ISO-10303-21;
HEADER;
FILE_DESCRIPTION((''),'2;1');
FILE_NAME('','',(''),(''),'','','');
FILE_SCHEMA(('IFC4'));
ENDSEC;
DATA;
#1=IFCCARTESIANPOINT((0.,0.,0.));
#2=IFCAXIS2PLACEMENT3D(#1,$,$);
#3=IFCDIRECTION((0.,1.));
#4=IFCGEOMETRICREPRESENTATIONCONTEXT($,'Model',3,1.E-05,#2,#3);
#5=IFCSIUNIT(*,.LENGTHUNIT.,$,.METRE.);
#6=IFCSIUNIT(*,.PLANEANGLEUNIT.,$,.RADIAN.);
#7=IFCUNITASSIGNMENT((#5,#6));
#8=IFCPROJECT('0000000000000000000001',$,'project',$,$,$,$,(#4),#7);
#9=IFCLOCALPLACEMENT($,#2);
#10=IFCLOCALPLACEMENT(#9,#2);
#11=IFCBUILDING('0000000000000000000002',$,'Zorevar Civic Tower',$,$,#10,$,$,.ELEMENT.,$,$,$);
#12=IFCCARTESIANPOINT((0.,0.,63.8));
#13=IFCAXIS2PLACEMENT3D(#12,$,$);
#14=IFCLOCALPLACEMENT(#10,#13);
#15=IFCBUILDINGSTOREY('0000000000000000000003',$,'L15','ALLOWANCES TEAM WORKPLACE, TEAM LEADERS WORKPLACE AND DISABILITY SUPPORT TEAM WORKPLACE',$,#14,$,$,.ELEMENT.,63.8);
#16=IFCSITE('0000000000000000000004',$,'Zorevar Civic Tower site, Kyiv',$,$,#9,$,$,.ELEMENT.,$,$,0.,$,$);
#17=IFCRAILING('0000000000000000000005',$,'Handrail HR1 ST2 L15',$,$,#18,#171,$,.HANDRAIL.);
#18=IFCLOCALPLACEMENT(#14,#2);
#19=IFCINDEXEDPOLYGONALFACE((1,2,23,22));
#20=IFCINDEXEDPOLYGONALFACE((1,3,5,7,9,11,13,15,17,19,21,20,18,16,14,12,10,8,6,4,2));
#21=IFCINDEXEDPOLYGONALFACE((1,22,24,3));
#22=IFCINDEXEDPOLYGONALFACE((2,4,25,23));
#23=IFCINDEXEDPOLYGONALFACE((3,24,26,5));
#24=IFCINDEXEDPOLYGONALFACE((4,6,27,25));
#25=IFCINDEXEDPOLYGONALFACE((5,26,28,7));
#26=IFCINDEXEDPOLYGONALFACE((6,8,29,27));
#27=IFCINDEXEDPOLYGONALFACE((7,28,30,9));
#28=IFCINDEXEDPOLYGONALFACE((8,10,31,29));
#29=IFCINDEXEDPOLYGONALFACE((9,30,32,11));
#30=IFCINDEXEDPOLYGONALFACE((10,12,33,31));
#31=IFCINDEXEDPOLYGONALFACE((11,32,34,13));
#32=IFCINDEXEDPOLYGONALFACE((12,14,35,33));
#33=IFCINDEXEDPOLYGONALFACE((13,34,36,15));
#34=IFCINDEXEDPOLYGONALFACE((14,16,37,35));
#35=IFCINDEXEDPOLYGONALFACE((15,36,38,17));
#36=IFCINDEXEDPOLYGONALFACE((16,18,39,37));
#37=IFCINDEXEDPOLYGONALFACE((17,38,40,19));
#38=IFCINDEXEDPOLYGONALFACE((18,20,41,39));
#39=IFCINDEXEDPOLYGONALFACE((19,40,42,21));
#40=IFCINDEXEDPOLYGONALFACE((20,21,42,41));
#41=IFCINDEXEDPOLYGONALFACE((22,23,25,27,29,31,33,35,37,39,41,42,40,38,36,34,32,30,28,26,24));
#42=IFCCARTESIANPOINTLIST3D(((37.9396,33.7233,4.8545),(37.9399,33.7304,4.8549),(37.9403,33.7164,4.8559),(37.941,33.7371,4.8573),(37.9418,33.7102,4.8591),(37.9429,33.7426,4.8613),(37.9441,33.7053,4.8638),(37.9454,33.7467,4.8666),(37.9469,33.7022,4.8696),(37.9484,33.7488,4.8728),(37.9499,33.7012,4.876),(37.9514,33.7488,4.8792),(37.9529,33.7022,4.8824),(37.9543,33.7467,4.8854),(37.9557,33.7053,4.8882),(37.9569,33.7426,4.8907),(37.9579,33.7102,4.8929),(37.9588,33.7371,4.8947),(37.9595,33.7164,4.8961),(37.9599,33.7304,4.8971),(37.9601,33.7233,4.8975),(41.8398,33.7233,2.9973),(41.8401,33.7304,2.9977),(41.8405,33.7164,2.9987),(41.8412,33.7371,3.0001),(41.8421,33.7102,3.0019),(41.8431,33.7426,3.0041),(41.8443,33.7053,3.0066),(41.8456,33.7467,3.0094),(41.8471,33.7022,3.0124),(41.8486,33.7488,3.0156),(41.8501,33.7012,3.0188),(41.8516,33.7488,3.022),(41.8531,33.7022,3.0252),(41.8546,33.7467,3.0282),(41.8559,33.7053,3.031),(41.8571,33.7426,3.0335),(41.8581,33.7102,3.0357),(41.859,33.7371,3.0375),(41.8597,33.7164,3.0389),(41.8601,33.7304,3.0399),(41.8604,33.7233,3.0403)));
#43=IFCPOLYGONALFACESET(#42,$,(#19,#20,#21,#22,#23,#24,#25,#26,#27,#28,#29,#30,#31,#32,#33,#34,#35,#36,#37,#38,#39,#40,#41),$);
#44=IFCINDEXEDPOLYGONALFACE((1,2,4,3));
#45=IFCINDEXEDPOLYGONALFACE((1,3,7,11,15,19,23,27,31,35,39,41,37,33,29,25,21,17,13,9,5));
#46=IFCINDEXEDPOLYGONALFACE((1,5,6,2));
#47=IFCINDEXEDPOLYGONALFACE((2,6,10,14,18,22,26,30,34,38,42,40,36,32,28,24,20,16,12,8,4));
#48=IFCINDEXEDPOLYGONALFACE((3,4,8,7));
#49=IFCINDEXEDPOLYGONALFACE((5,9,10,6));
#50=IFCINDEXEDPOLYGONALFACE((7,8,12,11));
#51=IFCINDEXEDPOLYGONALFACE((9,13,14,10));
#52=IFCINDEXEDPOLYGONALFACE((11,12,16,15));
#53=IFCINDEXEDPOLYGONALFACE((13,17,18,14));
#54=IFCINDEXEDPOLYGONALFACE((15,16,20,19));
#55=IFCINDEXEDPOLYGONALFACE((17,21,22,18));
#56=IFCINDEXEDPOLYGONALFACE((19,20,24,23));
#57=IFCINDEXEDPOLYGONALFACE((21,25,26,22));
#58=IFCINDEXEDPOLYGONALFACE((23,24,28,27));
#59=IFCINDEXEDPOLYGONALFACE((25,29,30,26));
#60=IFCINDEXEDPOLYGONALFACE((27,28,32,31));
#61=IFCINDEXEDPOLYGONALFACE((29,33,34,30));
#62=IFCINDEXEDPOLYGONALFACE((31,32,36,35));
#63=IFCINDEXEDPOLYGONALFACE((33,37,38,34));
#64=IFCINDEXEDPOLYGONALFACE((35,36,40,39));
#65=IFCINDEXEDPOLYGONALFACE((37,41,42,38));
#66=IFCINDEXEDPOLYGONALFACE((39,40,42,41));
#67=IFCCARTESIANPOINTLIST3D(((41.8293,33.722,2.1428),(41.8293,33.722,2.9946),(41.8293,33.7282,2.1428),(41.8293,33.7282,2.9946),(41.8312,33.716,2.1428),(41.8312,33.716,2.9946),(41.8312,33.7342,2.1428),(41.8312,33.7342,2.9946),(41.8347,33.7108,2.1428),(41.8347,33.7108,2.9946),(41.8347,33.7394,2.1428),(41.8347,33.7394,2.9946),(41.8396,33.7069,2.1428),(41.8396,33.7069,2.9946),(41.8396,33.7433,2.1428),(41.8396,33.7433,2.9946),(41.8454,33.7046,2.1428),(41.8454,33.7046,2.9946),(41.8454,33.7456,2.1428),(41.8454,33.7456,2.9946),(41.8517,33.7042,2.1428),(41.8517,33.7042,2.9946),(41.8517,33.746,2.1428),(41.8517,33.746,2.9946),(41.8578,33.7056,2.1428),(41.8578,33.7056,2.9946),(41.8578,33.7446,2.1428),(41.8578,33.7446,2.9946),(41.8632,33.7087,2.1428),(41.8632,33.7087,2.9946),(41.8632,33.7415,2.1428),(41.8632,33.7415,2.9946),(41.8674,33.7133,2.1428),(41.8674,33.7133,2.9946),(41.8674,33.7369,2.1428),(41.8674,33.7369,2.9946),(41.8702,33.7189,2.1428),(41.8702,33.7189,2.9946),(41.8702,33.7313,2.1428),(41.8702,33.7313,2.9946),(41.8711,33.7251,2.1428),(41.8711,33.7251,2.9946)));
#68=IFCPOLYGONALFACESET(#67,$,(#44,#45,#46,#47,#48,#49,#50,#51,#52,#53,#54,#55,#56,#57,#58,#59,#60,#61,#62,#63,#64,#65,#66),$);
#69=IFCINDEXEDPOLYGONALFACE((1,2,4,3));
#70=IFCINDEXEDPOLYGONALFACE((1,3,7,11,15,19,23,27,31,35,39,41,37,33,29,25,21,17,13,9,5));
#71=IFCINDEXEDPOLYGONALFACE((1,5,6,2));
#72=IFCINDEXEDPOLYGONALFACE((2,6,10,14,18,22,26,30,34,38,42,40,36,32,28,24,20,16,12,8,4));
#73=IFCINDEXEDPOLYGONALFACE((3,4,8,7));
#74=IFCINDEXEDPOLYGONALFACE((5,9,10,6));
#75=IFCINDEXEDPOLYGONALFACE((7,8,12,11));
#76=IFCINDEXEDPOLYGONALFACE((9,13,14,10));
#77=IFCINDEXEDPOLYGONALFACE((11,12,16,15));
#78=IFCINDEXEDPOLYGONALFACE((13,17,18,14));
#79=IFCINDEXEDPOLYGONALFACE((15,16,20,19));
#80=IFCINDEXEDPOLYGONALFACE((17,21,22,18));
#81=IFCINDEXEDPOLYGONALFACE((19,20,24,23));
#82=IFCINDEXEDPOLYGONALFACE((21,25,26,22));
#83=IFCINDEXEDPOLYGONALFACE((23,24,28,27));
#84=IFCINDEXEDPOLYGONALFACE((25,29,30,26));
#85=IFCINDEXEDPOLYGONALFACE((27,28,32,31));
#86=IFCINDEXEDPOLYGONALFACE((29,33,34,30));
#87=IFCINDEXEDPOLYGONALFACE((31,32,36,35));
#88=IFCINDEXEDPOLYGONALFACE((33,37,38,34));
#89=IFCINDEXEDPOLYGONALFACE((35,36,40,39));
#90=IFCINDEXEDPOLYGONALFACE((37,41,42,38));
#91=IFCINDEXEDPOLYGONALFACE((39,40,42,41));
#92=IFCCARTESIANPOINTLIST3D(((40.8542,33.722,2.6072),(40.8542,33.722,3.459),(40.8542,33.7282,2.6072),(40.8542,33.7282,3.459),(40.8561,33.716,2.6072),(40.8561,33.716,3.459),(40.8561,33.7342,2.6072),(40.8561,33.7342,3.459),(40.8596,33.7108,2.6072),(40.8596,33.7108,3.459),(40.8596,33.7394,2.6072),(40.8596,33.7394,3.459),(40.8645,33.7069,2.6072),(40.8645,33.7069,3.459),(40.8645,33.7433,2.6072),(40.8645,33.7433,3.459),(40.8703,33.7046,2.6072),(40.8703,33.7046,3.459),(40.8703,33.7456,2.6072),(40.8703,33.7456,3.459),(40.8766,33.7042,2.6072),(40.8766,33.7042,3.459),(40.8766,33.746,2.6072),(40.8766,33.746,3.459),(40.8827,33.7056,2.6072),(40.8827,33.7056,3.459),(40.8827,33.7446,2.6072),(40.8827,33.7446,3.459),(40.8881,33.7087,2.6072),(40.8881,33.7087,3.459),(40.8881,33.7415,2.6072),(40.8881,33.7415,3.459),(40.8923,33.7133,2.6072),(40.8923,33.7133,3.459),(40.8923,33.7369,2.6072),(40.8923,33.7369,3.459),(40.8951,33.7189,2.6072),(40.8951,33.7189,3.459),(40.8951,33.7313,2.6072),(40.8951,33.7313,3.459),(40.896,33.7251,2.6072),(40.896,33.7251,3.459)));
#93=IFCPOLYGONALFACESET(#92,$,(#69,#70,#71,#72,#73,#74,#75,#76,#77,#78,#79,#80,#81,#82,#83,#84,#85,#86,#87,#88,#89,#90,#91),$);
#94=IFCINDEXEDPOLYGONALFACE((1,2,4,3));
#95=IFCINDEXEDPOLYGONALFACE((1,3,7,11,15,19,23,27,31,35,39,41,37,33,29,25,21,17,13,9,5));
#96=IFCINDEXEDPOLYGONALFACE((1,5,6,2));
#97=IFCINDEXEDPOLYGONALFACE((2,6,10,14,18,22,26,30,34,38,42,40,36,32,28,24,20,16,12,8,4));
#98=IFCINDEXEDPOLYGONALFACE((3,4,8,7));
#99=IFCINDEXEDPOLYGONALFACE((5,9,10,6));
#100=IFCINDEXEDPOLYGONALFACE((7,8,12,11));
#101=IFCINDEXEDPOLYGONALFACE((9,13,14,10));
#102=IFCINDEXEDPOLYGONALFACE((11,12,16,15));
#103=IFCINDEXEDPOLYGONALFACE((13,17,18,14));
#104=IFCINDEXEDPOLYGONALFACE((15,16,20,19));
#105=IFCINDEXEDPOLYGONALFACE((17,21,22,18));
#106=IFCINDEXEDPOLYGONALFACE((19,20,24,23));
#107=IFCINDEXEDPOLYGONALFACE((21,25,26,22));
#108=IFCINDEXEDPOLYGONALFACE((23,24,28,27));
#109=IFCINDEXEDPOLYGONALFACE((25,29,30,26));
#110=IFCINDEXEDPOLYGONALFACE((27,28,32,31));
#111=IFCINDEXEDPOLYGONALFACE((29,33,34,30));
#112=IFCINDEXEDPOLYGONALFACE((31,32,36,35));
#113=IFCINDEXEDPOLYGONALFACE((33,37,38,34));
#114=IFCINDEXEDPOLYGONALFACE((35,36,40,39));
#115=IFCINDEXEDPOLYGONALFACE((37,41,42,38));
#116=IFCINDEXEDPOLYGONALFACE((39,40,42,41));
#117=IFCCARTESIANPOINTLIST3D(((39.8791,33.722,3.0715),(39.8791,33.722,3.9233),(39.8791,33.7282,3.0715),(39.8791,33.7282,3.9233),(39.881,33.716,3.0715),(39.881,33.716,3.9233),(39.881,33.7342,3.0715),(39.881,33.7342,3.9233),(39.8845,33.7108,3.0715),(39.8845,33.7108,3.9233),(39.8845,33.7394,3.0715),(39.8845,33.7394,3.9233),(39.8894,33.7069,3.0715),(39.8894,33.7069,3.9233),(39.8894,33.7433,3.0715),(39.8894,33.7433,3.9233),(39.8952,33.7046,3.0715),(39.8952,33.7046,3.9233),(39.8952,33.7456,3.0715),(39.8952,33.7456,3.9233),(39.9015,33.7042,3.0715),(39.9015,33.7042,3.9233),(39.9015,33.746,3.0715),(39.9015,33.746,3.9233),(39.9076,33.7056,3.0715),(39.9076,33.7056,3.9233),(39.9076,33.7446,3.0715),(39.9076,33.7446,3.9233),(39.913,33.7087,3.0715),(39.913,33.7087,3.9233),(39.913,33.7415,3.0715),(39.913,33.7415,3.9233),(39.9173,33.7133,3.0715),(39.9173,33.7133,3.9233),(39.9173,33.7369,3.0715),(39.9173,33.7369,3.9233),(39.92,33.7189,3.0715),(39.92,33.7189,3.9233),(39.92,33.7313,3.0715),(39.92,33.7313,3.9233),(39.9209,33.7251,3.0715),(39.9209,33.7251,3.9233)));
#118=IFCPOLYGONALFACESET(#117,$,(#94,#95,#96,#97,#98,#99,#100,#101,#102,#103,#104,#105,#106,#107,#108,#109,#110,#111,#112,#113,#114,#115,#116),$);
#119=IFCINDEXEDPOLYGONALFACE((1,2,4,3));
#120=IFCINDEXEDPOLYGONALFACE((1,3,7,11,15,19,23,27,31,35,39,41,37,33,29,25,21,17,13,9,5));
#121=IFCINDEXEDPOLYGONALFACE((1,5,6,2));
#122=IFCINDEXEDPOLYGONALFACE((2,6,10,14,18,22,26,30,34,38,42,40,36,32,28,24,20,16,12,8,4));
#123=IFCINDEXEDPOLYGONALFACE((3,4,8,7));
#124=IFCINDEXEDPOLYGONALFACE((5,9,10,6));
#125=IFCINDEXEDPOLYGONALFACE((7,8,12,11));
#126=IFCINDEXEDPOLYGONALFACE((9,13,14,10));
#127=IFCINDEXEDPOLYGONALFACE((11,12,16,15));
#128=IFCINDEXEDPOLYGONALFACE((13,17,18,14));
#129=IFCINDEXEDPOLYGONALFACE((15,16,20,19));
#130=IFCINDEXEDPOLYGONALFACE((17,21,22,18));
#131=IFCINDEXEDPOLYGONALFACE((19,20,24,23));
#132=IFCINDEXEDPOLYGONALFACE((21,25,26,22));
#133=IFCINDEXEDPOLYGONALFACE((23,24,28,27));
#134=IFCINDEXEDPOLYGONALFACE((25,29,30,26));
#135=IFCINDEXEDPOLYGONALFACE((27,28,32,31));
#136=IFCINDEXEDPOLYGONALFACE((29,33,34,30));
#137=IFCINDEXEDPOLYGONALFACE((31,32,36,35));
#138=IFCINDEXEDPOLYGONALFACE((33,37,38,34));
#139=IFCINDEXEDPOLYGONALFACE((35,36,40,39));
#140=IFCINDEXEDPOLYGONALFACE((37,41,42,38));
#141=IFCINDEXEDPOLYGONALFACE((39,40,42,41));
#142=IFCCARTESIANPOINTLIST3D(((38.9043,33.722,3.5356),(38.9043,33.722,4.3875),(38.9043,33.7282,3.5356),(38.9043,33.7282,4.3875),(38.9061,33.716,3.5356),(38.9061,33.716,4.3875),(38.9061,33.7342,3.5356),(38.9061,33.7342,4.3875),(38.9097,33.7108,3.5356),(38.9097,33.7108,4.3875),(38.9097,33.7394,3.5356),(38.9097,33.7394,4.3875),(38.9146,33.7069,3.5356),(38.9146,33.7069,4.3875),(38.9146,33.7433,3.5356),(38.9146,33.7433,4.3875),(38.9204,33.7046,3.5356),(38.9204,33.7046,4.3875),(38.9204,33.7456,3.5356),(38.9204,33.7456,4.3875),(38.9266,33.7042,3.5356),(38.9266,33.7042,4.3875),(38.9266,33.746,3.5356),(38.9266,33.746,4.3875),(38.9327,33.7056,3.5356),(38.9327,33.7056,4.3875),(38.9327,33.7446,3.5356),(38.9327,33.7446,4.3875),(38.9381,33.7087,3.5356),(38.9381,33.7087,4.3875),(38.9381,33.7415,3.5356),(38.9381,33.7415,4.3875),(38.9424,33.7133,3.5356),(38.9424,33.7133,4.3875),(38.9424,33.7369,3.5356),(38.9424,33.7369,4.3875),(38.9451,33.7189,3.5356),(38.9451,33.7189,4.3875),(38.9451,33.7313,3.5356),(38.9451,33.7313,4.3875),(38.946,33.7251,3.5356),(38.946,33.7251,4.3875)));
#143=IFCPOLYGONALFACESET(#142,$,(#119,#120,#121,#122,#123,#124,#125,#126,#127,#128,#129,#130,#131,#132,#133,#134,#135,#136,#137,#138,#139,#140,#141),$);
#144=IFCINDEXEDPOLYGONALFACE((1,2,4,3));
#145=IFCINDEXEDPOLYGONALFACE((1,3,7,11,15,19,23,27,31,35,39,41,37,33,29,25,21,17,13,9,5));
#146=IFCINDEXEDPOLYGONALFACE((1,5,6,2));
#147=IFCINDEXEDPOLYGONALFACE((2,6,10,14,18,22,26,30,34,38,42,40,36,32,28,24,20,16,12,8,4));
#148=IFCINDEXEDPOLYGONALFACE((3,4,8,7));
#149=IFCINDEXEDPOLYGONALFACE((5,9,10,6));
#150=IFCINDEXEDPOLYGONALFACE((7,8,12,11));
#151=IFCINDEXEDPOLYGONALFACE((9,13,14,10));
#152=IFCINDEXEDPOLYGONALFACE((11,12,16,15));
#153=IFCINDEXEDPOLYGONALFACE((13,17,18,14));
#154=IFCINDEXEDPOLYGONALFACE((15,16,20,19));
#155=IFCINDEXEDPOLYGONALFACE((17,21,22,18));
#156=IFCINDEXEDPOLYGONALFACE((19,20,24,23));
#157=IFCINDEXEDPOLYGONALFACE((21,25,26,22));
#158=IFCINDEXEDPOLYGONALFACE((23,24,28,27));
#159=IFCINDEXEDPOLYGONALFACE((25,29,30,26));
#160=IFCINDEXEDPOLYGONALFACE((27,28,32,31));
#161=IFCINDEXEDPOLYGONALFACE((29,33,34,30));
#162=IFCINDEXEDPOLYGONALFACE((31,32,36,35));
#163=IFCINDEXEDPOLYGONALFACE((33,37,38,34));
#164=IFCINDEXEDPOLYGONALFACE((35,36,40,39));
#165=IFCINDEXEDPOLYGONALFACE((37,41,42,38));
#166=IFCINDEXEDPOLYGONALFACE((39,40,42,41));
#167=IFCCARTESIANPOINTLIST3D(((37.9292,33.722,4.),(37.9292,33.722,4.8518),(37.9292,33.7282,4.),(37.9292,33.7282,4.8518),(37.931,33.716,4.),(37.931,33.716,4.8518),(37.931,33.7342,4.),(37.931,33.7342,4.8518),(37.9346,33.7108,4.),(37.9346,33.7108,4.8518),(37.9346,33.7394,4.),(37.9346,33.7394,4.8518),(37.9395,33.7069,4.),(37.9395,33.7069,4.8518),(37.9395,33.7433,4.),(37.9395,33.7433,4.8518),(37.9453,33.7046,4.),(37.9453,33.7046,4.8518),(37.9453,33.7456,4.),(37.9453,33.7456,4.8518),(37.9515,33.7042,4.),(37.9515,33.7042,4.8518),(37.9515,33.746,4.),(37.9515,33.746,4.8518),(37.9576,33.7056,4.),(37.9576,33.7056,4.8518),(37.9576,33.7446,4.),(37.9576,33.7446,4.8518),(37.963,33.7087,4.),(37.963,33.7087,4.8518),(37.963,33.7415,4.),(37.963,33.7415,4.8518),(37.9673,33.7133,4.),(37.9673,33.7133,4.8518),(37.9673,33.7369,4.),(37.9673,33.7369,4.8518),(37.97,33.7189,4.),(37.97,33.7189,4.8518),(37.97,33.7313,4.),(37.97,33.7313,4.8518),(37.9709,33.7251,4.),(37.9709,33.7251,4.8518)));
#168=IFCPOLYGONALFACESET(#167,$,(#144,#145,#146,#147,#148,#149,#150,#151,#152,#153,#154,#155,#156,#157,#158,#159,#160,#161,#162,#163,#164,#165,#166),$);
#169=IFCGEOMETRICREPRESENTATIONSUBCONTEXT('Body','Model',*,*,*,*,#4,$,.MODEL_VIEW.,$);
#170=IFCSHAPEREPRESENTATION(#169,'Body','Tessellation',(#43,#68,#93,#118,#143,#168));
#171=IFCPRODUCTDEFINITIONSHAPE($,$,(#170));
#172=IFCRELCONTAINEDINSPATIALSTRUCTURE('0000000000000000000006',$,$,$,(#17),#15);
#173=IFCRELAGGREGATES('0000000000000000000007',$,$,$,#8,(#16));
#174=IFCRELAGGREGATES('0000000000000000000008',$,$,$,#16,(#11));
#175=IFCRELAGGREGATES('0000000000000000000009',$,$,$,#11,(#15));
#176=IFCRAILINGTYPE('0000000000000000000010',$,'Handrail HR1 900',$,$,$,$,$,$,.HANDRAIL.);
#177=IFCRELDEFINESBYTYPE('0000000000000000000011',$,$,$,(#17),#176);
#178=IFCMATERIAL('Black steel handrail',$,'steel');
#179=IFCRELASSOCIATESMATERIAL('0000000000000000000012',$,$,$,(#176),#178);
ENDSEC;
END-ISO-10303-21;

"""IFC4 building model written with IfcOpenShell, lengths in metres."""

from ifc_helpers import new_model, si_unit, direction, frame, origin, origin_2d, place, context, subcontext, project, spatial, circle, extrude, material, type_object, element, save


model = new_model("IFC4")

# Units and contexts
model_context = context("Model", 3, precision=1e-05, world=origin(), true_north=direction((0.0, 1.0)))
body_context = subcontext(model_context, "Body", "Model", "MODEL_VIEW")
ifc_project = project(units=[si_unit("LENGTHUNIT", "METRE"), si_unit("PLANEANGLEUNIT", "RADIAN")], contexts=[model_context])

# Site, building, storey
site_placement = place(None, origin())
site = spatial("IfcSite", under=ifc_project, at=site_placement, Name="Zorevar Civic Tower site, Kyiv", CompositionType="ELEMENT", RefElevation=0.0)
building_placement = place(site_placement, origin())
building = spatial("IfcBuilding", under=site, at=building_placement, Name="Zorevar Civic Tower", CompositionType="ELEMENT")
storey_placement = place(building_placement, frame((0.0, 0.0, 63.8)))
storey = spatial("IfcBuildingStorey", under=building, at=storey_placement, Name="L15", Description="ALLOWANCES TEAM WORKPLACE, TEAM LEADERS WORKPLACE AND DISABILITY SUPPORT TEAM WORKPLACE", CompositionType="ELEMENT", Elevation=63.8)

# Railing
ifc_material_1 = material(Name="Black steel handrail", Category="steel")
railing_type_1 = type_object("IfcRailingType", Name="Handrail HR1 900", PredefinedType="HANDRAIL", material=ifc_material_1)
railing_1_placement = place(storey_placement, frame((41.8501, 33.7251, 2.1428)))
element("IfcRailing", 1, at=railing_1_placement, inside=storey, type_object=railing_type_1, Name="Handrail HR1 ST2 L15", PredefinedType="HANDRAIL", context=body_context, shape_type="SweptSolid", body=[
    extrude(circle(Radius=0.0239, at=origin_2d()), frame((0.0, 0.0, 0.876), z_axis=(-0.902864, 0.0, 0.429927), x_axis=(0.0, -1.0, 0.0)), (0.0, 0.0, 1.0), 4.3198),
    extrude(circle(Radius=0.021, at=origin_2d()), origin(), (0.0, 0.0, 1.0), 0.8518),
    extrude(circle(Radius=0.021, at=origin_2d()), frame((-0.9751, 0.0, 0.4644)), (0.0, 0.0, 1.0), 0.8518),
    extrude(circle(Radius=0.021, at=origin_2d()), frame((-1.9502, 0.0, 0.9287)), (0.0, 0.0, 1.0), 0.8518),
    extrude(circle(Radius=0.021, at=origin_2d()), frame((-2.925, 0.0, 1.3928)), (0.0, 0.0, 1.0), 0.8518),
    extrude(circle(Radius=0.021, at=origin_2d()), frame((-3.9001, 0.0, 1.8572)), (0.0, 0.0, 1.0), 0.8518),
])

save(model, "model.ifc")
